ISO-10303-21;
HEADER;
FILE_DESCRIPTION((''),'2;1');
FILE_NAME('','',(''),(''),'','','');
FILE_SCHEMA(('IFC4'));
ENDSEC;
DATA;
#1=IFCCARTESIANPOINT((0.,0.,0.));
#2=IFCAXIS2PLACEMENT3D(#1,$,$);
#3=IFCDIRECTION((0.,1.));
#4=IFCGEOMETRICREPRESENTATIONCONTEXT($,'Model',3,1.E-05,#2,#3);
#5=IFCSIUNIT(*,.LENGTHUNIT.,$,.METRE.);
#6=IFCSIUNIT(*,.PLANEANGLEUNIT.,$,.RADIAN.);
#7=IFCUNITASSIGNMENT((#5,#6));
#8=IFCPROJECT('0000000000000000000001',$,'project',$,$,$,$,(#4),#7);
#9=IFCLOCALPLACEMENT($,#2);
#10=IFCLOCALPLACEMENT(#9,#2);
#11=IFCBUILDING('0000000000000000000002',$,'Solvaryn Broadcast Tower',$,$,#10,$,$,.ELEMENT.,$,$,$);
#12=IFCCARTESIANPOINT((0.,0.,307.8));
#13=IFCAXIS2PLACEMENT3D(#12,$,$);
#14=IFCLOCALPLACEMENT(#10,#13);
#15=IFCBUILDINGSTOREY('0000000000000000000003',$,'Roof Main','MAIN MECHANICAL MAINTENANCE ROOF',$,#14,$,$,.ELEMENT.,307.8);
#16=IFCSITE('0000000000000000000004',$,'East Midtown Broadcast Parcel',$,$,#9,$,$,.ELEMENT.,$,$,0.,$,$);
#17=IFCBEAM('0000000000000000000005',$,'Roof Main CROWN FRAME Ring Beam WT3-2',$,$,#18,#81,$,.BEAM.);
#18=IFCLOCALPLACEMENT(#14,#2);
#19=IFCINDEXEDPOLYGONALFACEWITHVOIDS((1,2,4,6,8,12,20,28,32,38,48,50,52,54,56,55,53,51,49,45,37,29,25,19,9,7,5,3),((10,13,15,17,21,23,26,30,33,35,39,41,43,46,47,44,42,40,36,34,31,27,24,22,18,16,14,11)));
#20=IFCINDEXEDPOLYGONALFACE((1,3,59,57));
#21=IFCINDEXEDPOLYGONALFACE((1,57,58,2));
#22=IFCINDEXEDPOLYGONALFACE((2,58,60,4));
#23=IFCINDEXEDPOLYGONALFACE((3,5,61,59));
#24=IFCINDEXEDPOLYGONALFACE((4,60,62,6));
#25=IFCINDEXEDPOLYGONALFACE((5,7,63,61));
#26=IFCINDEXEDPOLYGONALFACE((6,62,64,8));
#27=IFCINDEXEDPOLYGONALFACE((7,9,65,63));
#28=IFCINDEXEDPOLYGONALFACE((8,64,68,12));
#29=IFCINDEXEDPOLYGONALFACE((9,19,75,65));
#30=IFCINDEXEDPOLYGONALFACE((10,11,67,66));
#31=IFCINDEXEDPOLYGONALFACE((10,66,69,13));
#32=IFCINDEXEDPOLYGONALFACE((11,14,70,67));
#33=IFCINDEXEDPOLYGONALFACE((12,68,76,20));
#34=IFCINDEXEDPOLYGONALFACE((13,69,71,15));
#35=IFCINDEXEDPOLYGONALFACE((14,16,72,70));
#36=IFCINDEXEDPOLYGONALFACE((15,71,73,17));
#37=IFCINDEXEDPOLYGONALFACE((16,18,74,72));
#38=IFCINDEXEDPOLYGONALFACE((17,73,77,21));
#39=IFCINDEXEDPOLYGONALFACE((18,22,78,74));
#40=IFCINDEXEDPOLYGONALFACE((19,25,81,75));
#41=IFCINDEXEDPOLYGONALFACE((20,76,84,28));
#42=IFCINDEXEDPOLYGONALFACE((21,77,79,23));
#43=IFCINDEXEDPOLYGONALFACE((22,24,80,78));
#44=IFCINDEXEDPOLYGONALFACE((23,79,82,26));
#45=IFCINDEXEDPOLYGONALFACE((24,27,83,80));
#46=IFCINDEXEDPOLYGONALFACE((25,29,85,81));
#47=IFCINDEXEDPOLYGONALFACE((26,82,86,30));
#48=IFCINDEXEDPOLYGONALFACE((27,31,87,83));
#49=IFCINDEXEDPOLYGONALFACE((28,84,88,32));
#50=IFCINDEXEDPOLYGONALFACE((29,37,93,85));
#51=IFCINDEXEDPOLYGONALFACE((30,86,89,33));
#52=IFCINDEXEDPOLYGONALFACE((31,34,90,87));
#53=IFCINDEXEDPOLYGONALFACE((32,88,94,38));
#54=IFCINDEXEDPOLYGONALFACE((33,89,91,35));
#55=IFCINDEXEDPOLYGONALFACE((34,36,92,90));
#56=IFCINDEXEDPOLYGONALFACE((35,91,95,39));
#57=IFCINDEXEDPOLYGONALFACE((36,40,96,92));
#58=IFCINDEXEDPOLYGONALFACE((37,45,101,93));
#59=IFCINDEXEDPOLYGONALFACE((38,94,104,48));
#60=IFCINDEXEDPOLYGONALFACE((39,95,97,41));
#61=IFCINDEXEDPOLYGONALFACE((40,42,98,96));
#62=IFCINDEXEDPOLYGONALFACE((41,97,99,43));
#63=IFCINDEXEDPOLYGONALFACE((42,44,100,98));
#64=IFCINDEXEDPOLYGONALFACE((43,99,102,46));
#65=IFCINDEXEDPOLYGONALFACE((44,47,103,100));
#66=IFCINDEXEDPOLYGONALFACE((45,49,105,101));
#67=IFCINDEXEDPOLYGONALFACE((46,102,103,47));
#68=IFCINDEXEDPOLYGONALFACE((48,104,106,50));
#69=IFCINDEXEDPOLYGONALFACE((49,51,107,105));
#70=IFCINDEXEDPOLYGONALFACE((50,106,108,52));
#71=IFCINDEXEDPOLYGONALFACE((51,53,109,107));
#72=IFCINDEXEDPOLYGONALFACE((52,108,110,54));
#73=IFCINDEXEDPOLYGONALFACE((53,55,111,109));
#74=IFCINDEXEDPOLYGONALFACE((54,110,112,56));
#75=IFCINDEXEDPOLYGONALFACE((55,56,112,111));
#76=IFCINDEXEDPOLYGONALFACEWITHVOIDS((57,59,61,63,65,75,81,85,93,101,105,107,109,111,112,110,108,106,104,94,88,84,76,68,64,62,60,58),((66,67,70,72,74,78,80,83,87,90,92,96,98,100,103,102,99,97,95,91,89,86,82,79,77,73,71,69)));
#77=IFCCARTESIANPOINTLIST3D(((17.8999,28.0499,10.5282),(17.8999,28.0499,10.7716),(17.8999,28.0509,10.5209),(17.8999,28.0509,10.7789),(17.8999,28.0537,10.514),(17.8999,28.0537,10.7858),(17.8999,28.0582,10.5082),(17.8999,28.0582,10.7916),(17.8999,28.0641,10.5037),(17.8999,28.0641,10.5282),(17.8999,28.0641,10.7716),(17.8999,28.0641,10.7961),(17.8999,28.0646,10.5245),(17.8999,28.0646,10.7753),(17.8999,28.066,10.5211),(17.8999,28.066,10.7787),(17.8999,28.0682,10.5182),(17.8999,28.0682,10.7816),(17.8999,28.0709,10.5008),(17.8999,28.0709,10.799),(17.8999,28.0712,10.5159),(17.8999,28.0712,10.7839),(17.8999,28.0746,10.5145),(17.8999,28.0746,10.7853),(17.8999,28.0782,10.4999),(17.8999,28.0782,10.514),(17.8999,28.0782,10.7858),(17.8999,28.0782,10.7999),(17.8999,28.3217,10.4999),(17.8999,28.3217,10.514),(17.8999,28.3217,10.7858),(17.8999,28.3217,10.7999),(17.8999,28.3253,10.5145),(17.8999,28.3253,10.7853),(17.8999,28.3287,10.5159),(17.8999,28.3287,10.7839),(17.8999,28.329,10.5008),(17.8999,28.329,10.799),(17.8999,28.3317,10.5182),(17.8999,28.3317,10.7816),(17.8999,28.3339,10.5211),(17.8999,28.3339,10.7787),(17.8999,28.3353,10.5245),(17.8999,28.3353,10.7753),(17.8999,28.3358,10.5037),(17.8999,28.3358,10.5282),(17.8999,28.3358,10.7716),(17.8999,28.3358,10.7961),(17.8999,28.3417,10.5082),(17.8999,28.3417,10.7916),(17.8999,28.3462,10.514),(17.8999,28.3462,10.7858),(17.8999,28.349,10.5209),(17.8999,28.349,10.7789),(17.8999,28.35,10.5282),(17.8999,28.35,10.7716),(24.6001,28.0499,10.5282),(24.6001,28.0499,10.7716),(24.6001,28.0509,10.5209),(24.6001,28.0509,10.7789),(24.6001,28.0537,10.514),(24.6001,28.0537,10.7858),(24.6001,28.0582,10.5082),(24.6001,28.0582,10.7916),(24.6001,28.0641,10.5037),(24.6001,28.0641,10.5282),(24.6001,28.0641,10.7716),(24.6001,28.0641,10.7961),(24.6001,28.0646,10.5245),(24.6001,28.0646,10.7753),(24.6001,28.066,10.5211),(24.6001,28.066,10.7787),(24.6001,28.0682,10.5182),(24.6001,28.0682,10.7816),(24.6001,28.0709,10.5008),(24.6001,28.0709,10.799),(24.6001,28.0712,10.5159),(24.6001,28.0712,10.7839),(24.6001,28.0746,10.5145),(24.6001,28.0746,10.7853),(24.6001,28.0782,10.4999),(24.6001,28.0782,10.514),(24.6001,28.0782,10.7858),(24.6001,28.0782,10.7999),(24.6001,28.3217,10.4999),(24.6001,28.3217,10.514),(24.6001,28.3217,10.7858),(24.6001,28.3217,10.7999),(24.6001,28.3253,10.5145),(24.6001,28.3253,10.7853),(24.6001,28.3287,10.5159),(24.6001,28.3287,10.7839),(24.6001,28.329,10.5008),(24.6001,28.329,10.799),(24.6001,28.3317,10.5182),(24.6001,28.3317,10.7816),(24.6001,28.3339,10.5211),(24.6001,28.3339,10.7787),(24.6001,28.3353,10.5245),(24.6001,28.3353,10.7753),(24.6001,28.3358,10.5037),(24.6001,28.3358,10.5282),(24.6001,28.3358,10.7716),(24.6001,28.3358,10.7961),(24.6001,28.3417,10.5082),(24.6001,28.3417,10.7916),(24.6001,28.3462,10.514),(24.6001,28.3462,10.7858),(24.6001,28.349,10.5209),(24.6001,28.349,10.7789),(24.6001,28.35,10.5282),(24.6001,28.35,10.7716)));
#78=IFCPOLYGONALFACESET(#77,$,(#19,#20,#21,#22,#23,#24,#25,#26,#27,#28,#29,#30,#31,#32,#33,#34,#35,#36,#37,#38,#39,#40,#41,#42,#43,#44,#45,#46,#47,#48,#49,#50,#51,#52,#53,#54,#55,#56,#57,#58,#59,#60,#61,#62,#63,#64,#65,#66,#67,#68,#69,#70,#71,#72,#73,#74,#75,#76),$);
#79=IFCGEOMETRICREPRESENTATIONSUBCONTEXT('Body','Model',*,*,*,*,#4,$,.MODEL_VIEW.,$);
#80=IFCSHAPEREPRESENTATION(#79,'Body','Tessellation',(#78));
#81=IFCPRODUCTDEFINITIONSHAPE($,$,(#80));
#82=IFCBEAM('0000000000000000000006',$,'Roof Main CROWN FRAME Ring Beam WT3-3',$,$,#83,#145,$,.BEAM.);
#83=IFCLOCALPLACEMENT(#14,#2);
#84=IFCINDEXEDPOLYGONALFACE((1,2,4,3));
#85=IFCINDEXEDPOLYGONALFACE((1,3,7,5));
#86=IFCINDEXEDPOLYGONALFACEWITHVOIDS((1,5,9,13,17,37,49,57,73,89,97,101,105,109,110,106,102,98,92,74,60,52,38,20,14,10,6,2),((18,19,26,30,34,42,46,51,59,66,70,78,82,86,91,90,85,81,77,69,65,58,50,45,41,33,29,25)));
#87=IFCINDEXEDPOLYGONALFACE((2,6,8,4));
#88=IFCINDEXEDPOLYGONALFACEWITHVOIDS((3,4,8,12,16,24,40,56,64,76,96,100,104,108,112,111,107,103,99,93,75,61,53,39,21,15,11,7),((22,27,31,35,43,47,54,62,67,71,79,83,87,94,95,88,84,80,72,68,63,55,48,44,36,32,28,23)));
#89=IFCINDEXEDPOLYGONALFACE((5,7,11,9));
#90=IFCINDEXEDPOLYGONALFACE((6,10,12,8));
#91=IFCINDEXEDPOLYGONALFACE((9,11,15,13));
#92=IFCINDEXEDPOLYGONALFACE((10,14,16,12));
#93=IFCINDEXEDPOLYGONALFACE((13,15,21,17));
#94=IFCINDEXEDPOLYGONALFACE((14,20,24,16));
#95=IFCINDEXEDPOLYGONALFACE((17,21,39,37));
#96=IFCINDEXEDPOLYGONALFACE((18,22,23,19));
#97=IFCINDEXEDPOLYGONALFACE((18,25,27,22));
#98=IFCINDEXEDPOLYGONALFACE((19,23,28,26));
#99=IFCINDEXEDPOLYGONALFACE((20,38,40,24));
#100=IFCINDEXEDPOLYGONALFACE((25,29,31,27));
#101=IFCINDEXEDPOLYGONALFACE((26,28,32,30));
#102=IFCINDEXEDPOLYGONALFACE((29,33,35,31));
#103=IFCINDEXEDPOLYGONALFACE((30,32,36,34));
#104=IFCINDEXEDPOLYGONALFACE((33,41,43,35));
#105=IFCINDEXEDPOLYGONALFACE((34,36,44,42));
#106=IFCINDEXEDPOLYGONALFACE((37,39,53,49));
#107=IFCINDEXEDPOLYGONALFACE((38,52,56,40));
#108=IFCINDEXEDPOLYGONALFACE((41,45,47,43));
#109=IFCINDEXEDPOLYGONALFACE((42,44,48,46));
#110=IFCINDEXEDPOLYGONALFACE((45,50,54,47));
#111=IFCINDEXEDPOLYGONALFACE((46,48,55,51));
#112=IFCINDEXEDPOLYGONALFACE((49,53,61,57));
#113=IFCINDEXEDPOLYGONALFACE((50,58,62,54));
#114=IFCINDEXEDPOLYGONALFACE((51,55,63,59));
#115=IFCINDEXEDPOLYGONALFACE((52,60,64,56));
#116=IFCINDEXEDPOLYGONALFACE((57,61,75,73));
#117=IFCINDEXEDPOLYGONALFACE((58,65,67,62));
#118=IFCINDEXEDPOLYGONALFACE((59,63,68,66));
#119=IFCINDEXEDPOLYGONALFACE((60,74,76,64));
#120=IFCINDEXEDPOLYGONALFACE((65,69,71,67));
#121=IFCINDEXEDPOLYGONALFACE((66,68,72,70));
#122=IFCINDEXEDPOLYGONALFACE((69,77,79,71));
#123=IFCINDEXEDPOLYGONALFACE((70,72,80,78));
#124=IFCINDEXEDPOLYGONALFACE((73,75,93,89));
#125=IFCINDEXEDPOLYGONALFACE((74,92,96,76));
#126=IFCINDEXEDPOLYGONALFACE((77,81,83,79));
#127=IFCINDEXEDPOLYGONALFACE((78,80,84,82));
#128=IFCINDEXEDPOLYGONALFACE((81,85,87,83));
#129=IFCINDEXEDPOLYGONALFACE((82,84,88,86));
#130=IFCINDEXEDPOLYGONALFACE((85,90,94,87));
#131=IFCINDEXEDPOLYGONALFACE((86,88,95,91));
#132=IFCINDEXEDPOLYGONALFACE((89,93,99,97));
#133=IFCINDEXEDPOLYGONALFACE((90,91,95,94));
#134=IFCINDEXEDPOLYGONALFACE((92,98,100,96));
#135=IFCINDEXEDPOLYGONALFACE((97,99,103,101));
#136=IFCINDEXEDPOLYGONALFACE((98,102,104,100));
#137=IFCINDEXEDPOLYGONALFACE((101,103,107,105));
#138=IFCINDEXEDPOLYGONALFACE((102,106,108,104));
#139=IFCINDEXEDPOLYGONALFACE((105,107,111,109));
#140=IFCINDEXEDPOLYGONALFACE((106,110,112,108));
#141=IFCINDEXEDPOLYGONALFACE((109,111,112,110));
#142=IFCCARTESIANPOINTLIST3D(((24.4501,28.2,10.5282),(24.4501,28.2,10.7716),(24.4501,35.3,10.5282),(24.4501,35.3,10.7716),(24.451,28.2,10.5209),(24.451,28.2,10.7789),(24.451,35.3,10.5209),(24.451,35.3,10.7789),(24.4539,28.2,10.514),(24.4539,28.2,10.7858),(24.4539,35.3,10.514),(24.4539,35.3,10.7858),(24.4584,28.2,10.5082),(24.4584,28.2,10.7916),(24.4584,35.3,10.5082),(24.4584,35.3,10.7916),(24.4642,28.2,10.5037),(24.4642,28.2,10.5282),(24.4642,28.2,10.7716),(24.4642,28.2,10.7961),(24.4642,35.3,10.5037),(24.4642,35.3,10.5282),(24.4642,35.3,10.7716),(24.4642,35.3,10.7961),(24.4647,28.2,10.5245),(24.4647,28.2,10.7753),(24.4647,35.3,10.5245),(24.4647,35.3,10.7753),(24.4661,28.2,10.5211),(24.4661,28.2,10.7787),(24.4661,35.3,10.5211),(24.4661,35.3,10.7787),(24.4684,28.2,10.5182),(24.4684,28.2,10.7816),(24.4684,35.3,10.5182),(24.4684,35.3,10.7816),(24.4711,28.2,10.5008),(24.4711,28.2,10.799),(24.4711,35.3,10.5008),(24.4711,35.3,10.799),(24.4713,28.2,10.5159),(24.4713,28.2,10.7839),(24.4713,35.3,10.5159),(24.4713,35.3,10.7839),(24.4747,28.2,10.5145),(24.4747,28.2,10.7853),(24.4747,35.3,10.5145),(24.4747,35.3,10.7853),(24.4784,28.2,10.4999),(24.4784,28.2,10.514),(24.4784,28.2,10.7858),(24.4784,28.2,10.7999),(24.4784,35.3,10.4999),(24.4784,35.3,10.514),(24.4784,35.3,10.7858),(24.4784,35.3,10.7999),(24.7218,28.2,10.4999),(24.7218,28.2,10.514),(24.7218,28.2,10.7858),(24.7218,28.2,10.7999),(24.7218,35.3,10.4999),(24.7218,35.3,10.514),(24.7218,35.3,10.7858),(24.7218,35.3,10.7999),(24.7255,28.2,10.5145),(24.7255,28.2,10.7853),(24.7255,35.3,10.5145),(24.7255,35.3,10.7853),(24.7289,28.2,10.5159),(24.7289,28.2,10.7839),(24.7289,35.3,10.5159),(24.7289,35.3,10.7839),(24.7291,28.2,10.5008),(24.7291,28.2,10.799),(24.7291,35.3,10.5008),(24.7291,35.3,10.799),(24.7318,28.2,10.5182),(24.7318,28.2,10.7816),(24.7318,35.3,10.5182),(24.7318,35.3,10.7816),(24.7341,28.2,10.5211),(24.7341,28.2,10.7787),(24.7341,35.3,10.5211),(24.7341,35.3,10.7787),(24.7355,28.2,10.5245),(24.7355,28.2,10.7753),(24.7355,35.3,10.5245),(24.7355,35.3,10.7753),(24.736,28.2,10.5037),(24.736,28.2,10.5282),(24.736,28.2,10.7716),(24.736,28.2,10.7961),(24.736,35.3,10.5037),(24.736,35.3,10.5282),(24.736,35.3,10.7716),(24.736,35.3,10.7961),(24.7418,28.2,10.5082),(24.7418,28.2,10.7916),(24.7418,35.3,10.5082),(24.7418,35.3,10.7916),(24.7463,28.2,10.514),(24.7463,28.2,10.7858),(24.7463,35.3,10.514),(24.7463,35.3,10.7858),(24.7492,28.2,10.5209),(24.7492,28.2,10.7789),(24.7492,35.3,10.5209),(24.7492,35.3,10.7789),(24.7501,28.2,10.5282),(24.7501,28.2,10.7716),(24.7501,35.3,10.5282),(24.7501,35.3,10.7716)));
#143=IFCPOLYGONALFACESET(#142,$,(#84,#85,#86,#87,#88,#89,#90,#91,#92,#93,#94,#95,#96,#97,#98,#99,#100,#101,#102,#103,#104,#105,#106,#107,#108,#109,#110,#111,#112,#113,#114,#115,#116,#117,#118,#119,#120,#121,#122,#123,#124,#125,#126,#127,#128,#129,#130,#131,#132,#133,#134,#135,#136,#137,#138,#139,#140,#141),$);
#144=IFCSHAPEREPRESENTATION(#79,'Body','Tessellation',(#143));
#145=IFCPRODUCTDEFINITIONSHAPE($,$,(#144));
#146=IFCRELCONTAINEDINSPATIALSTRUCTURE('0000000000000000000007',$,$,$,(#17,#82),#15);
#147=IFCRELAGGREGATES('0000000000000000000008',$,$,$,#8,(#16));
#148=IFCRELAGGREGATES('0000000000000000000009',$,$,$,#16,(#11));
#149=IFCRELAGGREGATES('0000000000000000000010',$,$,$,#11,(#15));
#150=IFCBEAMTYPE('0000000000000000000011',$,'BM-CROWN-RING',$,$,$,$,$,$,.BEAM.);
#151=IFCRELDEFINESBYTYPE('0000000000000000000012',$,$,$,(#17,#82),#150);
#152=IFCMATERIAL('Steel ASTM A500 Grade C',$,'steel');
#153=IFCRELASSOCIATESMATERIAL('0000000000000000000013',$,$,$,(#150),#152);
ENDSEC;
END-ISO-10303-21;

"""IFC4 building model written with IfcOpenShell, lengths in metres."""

from ifc_helpers import new_model, si_unit, direction, frame, origin, origin_2d, place, context, subcontext, project, spatial, hollow_rectangle, extrude, material, material_profile, profile_set, type_object, element, save


model = new_model("IFC4")

# Units and contexts
model_context = context("Model", 3, precision=1e-05, world=origin(), true_north=direction((0.0, 1.0)))
body_context = subcontext(model_context, "Body", "Model", "MODEL_VIEW")
ifc_project = project(units=[si_unit("LENGTHUNIT", "METRE"), si_unit("PLANEANGLEUNIT", "RADIAN")], contexts=[model_context])

# Site, building, storey
site_placement = place(None, origin())
site = spatial("IfcSite", under=ifc_project, at=site_placement, Name="East Midtown Broadcast Parcel", CompositionType="ELEMENT", RefElevation=0.0)
building_placement = place(site_placement, origin())
building = spatial("IfcBuilding", under=site, at=building_placement, Name="Solvaryn Broadcast Tower", CompositionType="ELEMENT")
storey_placement = place(building_placement, frame((0.0, 0.0, 307.8)))
storey = spatial("IfcBuildingStorey", under=building, at=storey_placement, Name="Roof Main", Description="MAIN MECHANICAL MAINTENANCE ROOF", CompositionType="ELEMENT", Elevation=307.8)

# Beams
ifc_material_1 = material(Name="Steel ASTM A500 Grade C", Category="steel")
ifc_material_profile_1 = material_profile(ifc_material_1, hollow_rectangle(XDim=0.3, YDim=0.3, WallThickness=0.0142, InnerFilletRadius=0.0142, OuterFilletRadius=0.0283, at=origin_2d()))
ifc_profile_set_1 = profile_set([ifc_material_profile_1], Name="Steel ASTM A500 Grade C")
beam_type = type_object("IfcBeamType", Name="BM-CROWN-RING", PredefinedType="BEAM", material=ifc_profile_set_1)
beam_1_placement = place(storey_placement, frame((17.8999, 28.2, 10.6499), z_axis=(1.0, 0.0, 0.0), x_axis=(0.0, 1.0, 0.0)))
element("IfcBeam", 1, at=beam_1_placement, inside=storey, type_object=beam_type, Name="Roof Main CROWN FRAME Ring Beam WT3-2", PredefinedType="BEAM", context=body_context, shape_type="SweptSolid", body=[
    extrude(hollow_rectangle(XDim=0.3, YDim=0.3, WallThickness=0.0142, InnerFilletRadius=0.0142, OuterFilletRadius=0.0283, at=origin_2d()), origin(), (0.0, 0.0, 1.0), 6.7002),
])
beam_2_placement = place(storey_placement, frame((24.6001, 28.2, 10.6499), z_axis=(0.0, 1.0, 0.0), x_axis=(-1.0, 0.0, 0.0)))
element("IfcBeam", 2, at=beam_2_placement, inside=storey, type_object=beam_type, Name="Roof Main CROWN FRAME Ring Beam WT3-3", PredefinedType="BEAM", context=body_context, shape_type="SweptSolid", body=[
    extrude(hollow_rectangle(XDim=0.3, YDim=0.3, WallThickness=0.0142, InnerFilletRadius=0.0142, OuterFilletRadius=0.0283, at=origin_2d()), origin(), (0.0, 0.0, 1.0), 7.1001),
])

save(model, "model.ifc")
